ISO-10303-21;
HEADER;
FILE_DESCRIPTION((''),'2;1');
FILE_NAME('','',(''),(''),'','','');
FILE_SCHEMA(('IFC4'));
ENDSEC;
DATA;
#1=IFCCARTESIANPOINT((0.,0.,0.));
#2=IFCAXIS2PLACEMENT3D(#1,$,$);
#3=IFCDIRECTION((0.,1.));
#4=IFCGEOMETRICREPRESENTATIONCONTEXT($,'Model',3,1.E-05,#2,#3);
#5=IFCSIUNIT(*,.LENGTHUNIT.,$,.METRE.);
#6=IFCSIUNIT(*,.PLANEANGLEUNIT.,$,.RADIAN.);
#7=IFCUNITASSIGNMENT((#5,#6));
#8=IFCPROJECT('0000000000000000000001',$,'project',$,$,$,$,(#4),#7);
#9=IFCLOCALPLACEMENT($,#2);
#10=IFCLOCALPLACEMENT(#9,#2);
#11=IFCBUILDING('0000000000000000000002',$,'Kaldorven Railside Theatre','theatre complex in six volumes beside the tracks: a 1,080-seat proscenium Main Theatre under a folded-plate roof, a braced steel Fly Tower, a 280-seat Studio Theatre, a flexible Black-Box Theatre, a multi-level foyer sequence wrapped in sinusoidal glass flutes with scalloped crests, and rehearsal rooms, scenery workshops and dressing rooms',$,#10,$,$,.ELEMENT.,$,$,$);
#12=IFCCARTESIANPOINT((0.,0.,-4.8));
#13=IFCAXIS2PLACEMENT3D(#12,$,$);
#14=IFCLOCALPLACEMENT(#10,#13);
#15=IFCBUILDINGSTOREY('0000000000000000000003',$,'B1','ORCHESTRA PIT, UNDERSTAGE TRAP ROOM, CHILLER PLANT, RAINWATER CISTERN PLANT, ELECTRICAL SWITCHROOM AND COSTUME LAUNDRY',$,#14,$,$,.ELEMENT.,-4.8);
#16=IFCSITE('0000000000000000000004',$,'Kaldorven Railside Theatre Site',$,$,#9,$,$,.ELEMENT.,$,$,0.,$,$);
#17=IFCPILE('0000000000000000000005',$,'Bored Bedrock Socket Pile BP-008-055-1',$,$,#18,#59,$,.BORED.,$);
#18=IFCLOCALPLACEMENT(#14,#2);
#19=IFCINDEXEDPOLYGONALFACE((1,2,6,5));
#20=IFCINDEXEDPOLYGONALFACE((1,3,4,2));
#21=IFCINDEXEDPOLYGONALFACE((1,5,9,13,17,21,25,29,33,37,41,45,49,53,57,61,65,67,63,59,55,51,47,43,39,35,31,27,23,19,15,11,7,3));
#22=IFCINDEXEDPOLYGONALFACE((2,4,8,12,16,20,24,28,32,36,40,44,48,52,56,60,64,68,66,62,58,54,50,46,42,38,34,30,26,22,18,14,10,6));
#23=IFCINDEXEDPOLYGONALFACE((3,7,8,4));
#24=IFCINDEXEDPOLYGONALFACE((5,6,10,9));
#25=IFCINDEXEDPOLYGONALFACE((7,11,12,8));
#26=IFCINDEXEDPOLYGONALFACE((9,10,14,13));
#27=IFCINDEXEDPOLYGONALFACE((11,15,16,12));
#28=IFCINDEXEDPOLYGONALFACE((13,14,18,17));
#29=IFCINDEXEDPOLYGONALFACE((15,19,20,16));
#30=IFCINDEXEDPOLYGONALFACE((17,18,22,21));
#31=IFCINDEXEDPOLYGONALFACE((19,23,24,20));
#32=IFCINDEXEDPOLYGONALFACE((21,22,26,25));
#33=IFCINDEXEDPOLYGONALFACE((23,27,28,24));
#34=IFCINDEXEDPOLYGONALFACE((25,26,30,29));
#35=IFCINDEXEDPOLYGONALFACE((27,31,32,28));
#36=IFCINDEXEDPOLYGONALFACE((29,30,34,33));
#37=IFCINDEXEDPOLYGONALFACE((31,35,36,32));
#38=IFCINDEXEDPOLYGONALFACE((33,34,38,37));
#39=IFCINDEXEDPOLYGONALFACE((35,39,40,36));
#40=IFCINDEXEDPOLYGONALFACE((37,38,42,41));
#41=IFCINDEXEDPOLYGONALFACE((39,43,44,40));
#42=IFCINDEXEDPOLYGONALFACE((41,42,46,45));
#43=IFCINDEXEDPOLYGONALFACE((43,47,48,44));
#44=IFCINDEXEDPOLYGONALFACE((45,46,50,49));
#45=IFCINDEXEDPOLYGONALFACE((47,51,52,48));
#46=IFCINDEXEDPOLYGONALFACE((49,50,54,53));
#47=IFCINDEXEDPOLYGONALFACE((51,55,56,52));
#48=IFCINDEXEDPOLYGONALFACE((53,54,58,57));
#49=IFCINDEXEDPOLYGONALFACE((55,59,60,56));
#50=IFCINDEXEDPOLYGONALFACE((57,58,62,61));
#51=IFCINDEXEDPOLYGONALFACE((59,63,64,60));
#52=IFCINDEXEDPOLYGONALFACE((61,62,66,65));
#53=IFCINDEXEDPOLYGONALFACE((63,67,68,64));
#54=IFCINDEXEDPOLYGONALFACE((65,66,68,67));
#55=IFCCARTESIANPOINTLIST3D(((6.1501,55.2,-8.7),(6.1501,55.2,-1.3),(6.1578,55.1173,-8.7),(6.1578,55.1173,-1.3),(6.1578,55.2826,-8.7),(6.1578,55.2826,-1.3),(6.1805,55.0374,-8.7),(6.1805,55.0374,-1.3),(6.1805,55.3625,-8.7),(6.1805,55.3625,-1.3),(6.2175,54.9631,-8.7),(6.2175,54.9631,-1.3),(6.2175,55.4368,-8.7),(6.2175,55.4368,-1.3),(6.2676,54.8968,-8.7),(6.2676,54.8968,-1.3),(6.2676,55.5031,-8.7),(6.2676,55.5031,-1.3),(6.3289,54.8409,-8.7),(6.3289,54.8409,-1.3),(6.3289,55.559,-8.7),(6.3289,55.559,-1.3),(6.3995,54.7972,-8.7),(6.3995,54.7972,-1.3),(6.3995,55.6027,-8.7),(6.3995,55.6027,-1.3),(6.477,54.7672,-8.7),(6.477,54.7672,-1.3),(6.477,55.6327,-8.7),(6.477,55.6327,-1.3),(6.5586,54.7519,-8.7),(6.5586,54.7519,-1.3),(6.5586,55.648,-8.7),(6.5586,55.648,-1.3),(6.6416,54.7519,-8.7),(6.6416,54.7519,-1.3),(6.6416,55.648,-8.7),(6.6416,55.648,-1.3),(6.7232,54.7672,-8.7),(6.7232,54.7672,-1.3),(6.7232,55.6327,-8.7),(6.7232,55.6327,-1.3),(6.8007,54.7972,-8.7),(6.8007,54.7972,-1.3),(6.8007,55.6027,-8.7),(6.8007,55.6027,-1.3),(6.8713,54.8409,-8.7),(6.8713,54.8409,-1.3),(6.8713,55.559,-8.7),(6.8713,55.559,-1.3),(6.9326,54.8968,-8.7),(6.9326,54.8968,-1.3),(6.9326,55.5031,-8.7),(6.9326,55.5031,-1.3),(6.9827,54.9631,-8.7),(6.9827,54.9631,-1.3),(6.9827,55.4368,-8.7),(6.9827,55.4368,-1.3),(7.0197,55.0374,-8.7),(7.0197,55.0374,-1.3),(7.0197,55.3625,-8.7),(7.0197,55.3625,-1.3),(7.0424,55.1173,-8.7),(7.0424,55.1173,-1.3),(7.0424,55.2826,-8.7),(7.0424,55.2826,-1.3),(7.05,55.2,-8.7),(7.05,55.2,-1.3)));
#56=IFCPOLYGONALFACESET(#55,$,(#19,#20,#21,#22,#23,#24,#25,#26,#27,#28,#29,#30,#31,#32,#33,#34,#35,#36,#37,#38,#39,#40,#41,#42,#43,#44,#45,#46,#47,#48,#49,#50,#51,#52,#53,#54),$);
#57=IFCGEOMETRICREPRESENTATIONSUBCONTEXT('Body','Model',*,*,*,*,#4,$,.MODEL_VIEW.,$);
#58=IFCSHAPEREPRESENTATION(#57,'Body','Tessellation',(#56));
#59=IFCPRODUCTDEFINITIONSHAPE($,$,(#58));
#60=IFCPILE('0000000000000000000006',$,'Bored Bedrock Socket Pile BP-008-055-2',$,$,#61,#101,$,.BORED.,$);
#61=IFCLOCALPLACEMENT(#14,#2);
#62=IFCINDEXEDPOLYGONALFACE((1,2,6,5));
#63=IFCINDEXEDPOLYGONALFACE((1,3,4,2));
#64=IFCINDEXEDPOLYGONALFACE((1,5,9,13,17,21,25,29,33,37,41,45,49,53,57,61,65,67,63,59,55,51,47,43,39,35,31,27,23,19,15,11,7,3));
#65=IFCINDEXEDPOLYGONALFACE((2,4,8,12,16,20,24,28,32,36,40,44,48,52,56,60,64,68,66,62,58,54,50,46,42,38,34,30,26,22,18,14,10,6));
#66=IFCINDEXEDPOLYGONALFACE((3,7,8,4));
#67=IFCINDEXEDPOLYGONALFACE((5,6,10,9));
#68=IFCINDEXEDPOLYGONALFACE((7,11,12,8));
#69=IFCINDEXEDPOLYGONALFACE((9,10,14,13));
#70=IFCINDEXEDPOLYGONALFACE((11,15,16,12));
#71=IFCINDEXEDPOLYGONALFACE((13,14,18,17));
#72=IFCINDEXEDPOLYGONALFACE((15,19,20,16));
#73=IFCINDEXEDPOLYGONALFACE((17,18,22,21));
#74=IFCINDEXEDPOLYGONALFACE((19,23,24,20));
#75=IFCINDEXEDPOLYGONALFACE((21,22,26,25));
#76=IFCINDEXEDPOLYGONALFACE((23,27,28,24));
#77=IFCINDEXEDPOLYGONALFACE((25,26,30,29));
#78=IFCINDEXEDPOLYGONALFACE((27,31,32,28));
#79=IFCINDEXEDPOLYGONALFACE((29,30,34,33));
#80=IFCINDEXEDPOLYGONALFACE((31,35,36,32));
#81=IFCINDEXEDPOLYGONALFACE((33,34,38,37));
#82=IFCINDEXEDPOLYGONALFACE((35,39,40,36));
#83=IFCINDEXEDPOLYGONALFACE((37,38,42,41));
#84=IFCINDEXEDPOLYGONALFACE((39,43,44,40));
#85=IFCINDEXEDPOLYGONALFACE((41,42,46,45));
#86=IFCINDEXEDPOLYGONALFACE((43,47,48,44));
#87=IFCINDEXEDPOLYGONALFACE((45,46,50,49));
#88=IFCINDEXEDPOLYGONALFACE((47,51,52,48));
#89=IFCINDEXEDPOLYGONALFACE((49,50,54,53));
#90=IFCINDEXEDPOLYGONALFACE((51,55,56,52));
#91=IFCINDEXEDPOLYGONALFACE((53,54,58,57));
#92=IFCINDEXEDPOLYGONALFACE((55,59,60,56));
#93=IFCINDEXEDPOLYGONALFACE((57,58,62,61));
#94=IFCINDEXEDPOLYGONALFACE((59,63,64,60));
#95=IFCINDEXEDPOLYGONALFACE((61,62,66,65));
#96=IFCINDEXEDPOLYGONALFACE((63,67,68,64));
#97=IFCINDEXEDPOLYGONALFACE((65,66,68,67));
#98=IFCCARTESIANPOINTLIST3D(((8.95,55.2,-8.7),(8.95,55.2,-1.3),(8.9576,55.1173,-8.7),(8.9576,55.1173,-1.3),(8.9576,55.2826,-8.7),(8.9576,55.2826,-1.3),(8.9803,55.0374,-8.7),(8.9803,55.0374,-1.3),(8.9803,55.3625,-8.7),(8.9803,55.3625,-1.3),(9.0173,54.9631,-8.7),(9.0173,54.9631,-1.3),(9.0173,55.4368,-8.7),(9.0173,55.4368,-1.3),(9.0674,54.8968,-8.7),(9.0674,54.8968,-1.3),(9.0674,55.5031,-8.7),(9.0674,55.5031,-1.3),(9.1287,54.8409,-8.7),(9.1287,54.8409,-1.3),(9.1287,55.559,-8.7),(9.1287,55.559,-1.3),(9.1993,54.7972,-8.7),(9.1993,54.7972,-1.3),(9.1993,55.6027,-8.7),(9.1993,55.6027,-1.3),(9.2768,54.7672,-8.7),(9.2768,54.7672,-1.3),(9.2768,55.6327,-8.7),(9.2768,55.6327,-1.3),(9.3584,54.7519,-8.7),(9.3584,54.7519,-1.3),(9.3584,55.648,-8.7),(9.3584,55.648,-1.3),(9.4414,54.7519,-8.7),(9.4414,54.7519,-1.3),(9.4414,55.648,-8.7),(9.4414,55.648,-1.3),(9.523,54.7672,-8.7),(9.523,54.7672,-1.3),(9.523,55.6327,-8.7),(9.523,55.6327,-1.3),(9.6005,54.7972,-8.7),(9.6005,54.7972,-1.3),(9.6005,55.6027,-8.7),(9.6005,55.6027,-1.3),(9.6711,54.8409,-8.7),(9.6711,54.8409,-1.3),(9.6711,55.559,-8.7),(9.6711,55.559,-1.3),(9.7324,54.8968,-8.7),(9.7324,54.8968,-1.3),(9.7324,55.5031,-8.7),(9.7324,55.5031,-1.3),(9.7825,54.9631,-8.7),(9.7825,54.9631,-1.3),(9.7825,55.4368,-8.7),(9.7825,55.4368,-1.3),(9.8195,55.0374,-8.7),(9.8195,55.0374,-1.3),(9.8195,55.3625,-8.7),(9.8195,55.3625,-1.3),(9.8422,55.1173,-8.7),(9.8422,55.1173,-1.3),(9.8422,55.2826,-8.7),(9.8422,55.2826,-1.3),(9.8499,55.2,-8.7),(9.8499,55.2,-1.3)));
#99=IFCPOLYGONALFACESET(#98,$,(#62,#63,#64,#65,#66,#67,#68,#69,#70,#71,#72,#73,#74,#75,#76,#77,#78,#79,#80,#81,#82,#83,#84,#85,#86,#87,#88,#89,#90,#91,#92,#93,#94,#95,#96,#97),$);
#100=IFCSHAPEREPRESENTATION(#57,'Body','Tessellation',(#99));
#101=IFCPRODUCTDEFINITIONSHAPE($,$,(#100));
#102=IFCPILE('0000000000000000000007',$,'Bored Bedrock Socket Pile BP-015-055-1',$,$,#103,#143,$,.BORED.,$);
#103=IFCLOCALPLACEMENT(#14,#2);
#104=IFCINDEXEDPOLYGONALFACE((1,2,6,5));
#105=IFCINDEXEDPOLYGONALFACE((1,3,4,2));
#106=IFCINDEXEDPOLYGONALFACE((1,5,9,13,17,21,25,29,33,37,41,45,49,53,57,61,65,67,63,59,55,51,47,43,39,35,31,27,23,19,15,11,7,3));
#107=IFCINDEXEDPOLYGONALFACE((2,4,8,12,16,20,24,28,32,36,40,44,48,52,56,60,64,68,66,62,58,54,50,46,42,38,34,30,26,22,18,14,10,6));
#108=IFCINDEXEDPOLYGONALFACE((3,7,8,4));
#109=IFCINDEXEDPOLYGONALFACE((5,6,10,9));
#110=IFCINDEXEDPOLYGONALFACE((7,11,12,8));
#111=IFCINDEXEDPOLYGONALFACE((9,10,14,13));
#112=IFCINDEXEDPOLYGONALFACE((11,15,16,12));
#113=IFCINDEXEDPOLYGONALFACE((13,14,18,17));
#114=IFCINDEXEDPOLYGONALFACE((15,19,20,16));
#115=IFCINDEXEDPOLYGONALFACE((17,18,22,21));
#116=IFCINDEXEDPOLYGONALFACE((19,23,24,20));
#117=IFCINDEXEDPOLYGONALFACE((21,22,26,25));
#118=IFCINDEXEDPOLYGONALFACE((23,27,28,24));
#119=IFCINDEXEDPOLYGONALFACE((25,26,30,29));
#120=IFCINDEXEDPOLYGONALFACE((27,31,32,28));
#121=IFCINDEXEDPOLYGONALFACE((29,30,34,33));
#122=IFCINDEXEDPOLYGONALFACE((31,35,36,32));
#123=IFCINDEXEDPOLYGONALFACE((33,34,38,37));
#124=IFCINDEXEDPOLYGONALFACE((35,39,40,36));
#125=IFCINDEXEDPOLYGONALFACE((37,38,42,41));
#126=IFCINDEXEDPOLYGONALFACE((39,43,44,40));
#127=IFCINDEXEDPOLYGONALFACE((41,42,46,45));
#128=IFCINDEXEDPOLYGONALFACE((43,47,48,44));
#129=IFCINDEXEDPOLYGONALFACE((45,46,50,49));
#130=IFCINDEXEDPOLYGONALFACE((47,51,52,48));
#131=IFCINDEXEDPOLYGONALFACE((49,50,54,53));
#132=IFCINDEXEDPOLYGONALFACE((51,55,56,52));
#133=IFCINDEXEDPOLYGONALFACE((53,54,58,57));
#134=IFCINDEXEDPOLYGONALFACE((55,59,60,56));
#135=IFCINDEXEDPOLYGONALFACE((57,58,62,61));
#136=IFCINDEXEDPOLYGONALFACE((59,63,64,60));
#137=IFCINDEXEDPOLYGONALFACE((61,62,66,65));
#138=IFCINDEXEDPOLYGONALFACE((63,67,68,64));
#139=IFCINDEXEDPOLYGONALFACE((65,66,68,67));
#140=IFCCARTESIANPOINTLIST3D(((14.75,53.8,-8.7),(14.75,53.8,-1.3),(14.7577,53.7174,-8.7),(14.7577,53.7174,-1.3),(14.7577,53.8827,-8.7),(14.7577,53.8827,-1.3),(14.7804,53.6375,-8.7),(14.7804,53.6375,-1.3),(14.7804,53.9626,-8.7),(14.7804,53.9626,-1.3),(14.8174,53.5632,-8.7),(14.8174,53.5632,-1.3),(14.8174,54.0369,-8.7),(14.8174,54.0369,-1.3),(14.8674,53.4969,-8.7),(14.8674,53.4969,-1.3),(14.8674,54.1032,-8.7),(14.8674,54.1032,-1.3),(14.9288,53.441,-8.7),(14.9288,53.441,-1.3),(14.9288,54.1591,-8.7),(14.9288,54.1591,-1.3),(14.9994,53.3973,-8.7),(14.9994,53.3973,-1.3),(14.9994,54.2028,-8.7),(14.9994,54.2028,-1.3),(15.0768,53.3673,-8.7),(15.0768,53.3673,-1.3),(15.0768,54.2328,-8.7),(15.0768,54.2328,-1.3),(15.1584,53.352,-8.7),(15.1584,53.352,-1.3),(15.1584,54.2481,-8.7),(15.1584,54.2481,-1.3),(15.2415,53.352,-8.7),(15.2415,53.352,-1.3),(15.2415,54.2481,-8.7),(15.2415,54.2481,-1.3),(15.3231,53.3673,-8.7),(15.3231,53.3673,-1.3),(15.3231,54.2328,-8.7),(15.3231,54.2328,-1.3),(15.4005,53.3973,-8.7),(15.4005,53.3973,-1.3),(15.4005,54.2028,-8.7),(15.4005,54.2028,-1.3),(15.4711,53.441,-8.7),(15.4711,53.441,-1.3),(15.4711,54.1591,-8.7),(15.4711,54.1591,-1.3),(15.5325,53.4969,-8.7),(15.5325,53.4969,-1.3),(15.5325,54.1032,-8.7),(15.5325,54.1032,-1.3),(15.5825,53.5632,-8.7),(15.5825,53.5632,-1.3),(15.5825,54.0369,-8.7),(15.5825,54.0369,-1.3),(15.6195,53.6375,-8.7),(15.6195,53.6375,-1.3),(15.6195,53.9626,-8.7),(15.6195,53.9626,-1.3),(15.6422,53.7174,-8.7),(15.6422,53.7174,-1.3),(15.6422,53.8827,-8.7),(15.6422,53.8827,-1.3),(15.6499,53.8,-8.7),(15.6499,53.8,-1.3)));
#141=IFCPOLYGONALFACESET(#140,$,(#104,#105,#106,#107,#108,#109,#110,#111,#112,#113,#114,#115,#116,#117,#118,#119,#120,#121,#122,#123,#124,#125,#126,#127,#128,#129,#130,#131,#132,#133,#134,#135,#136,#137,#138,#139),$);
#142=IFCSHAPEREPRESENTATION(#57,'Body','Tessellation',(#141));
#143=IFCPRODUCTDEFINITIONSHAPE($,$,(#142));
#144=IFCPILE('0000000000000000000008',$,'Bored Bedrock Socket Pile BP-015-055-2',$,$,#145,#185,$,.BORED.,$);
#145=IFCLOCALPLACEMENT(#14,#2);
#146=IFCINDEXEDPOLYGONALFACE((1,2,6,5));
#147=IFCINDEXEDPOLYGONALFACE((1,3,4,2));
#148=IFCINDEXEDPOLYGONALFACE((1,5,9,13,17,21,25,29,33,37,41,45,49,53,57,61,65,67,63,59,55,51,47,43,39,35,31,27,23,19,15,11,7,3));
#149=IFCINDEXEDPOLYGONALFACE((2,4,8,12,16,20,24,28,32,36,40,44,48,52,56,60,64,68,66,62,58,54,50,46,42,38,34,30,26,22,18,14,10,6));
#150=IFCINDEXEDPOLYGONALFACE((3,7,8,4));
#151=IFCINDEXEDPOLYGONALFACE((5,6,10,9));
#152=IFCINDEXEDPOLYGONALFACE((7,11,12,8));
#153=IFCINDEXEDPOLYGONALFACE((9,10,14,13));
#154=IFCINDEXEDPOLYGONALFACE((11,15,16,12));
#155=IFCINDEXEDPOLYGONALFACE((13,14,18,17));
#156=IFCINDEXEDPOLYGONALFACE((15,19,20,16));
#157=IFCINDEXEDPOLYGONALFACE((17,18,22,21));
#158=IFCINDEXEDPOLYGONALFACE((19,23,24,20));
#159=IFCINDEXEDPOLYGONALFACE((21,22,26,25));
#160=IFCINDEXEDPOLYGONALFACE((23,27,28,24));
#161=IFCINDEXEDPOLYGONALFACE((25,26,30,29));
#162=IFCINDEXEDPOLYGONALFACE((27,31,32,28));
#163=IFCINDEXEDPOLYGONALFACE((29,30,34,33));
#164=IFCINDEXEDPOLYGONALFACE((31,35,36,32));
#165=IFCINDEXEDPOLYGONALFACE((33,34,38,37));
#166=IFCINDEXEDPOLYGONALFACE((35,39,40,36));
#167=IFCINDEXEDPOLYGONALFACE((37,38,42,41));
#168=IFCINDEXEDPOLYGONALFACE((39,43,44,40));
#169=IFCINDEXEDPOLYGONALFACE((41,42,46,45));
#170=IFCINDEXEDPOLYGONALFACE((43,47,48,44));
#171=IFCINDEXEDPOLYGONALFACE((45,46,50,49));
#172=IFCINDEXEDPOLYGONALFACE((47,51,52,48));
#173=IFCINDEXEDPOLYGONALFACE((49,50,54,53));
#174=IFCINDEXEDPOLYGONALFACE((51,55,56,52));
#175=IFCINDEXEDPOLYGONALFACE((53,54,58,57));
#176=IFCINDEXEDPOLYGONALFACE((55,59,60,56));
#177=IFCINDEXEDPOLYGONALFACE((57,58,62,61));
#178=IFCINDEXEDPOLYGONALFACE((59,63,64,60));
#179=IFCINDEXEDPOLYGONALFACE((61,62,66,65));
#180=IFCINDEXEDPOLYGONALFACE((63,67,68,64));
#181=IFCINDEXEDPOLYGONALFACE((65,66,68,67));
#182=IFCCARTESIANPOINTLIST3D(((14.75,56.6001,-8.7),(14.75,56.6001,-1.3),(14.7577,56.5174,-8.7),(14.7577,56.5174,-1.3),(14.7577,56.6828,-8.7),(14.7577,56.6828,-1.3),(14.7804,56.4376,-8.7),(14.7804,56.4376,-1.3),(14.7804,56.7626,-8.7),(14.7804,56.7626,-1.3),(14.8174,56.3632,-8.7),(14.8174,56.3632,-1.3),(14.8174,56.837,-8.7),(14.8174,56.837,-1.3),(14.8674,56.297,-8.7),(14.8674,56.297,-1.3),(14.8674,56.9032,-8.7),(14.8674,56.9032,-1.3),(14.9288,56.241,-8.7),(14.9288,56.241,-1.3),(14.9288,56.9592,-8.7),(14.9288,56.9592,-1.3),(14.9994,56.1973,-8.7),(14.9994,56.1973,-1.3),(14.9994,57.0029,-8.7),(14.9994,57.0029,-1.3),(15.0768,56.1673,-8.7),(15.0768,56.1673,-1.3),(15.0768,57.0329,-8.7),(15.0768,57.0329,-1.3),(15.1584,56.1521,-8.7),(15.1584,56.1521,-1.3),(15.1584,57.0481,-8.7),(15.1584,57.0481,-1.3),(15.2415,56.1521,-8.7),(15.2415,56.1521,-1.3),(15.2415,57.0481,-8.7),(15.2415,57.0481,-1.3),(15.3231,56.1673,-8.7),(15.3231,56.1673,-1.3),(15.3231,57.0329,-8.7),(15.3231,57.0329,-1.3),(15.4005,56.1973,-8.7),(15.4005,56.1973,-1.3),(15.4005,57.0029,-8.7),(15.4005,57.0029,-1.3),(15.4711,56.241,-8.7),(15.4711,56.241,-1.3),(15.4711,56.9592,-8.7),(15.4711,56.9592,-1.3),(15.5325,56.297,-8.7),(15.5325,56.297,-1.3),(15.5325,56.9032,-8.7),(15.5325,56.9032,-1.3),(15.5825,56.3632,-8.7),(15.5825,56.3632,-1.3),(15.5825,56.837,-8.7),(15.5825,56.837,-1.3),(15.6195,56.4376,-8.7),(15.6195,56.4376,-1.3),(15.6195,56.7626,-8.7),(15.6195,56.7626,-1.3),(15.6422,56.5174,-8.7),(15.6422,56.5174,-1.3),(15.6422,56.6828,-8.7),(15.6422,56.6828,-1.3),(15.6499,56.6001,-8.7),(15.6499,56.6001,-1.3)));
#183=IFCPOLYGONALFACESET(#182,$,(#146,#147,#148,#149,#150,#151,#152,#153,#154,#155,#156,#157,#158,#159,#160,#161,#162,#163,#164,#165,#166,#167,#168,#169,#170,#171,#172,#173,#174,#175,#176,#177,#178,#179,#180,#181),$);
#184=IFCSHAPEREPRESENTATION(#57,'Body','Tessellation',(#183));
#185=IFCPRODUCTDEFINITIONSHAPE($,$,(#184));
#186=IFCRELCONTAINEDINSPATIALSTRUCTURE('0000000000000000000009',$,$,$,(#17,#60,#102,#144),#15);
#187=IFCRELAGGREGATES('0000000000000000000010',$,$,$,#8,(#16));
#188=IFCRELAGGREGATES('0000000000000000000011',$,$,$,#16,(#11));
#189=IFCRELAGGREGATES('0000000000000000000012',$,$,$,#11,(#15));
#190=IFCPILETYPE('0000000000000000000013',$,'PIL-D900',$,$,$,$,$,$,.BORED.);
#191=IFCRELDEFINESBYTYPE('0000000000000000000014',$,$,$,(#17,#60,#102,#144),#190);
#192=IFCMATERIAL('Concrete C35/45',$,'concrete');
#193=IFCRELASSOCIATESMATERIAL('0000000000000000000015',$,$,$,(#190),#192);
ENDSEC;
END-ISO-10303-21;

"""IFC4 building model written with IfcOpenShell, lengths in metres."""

from ifc_helpers import new_model, si_unit, direction, frame, origin, origin_2d, place, context, subcontext, project, spatial, circle, extrude, material, material_profile, profile_set, type_object, element, save


model = new_model("IFC4")

# Units and contexts
model_context = context("Model", 3, precision=1e-05, world=origin(), true_north=direction((0.0, 1.0)))
body_context = subcontext(model_context, "Body", "Model", "MODEL_VIEW")
ifc_project = project(units=[si_unit("LENGTHUNIT", "METRE"), si_unit("PLANEANGLEUNIT", "RADIAN")], contexts=[model_context])

# Site, building, storey
site_placement = place(None, origin())
site = spatial("IfcSite", under=ifc_project, at=site_placement, Name="Kaldorven Railside Theatre Site", CompositionType="ELEMENT", RefElevation=0.0)
building_placement = place(site_placement, origin())
building = spatial("IfcBuilding", under=site, at=building_placement, Name="Kaldorven Railside Theatre", Description="theatre complex in six volumes beside the tracks: a 1,080-seat proscenium Main Theatre under a folded-plate roof, a braced steel Fly Tower, a 280-seat Studio Theatre, a flexible Black-Box Theatre, a multi-level foyer sequence wrapped in sinusoidal glass flutes with scalloped crests, and rehearsal rooms, scenery workshops and dressing rooms", CompositionType="ELEMENT")
storey_placement = place(building_placement, frame((0.0, 0.0, -4.8)))
storey = spatial("IfcBuildingStorey", under=building, at=storey_placement, Name="B1", Description="ORCHESTRA PIT, UNDERSTAGE TRAP ROOM, CHILLER PLANT, RAINWATER CISTERN PLANT, ELECTRICAL SWITCHROOM AND COSTUME LAUNDRY", CompositionType="ELEMENT", Elevation=-4.8)

# Piles
ifc_material_1 = material(Name="Concrete C35/45", Category="concrete")
ifc_material_profile_1 = material_profile(ifc_material_1, circle(Radius=0.45, at=origin_2d()), Name="BP D900")
ifc_profile_set_1 = profile_set([ifc_material_profile_1], Name="Concrete C35/45")
pile_type_1 = type_object("IfcPileType", Name="PIL-D900", PredefinedType="BORED", material=ifc_profile_set_1)
for number, where, z_axis, x_axis, name in (
    (1, (6.6001, 55.2, -1.3), (0.0, 0.0, -1.0), (1.0, 0.0, 0.0), "Bored Bedrock Socket Pile BP-008-055-1"),
    (2, (9.3999, 55.2, -1.3), (0.0, 0.0, -1.0), (1.0, 0.0, 0.0), "Bored Bedrock Socket Pile BP-008-055-2"),
    (3, (15.2, 53.8, -1.3), (0.0, 0.0, -1.0), (1.0, 0.0, 0.0), "Bored Bedrock Socket Pile BP-015-055-1"),
    (4, (15.2, 56.6001, -1.3), (0.0, 0.0, -1.0), (1.0, 0.0, 0.0), "Bored Bedrock Socket Pile BP-015-055-2"),
):
    element("IfcPile", number, at=place(storey_placement, frame(where, z_axis=z_axis, x_axis=x_axis)), inside=storey, type_object=pile_type_1, Name=name, PredefinedType="BORED", context=body_context, shape_type="SweptSolid", body=[
        extrude(circle(Radius=0.45, at=origin_2d()), origin(), (0.0, 0.0, 1.0), 7.3999),
    ])

save(model, "model.ifc")
